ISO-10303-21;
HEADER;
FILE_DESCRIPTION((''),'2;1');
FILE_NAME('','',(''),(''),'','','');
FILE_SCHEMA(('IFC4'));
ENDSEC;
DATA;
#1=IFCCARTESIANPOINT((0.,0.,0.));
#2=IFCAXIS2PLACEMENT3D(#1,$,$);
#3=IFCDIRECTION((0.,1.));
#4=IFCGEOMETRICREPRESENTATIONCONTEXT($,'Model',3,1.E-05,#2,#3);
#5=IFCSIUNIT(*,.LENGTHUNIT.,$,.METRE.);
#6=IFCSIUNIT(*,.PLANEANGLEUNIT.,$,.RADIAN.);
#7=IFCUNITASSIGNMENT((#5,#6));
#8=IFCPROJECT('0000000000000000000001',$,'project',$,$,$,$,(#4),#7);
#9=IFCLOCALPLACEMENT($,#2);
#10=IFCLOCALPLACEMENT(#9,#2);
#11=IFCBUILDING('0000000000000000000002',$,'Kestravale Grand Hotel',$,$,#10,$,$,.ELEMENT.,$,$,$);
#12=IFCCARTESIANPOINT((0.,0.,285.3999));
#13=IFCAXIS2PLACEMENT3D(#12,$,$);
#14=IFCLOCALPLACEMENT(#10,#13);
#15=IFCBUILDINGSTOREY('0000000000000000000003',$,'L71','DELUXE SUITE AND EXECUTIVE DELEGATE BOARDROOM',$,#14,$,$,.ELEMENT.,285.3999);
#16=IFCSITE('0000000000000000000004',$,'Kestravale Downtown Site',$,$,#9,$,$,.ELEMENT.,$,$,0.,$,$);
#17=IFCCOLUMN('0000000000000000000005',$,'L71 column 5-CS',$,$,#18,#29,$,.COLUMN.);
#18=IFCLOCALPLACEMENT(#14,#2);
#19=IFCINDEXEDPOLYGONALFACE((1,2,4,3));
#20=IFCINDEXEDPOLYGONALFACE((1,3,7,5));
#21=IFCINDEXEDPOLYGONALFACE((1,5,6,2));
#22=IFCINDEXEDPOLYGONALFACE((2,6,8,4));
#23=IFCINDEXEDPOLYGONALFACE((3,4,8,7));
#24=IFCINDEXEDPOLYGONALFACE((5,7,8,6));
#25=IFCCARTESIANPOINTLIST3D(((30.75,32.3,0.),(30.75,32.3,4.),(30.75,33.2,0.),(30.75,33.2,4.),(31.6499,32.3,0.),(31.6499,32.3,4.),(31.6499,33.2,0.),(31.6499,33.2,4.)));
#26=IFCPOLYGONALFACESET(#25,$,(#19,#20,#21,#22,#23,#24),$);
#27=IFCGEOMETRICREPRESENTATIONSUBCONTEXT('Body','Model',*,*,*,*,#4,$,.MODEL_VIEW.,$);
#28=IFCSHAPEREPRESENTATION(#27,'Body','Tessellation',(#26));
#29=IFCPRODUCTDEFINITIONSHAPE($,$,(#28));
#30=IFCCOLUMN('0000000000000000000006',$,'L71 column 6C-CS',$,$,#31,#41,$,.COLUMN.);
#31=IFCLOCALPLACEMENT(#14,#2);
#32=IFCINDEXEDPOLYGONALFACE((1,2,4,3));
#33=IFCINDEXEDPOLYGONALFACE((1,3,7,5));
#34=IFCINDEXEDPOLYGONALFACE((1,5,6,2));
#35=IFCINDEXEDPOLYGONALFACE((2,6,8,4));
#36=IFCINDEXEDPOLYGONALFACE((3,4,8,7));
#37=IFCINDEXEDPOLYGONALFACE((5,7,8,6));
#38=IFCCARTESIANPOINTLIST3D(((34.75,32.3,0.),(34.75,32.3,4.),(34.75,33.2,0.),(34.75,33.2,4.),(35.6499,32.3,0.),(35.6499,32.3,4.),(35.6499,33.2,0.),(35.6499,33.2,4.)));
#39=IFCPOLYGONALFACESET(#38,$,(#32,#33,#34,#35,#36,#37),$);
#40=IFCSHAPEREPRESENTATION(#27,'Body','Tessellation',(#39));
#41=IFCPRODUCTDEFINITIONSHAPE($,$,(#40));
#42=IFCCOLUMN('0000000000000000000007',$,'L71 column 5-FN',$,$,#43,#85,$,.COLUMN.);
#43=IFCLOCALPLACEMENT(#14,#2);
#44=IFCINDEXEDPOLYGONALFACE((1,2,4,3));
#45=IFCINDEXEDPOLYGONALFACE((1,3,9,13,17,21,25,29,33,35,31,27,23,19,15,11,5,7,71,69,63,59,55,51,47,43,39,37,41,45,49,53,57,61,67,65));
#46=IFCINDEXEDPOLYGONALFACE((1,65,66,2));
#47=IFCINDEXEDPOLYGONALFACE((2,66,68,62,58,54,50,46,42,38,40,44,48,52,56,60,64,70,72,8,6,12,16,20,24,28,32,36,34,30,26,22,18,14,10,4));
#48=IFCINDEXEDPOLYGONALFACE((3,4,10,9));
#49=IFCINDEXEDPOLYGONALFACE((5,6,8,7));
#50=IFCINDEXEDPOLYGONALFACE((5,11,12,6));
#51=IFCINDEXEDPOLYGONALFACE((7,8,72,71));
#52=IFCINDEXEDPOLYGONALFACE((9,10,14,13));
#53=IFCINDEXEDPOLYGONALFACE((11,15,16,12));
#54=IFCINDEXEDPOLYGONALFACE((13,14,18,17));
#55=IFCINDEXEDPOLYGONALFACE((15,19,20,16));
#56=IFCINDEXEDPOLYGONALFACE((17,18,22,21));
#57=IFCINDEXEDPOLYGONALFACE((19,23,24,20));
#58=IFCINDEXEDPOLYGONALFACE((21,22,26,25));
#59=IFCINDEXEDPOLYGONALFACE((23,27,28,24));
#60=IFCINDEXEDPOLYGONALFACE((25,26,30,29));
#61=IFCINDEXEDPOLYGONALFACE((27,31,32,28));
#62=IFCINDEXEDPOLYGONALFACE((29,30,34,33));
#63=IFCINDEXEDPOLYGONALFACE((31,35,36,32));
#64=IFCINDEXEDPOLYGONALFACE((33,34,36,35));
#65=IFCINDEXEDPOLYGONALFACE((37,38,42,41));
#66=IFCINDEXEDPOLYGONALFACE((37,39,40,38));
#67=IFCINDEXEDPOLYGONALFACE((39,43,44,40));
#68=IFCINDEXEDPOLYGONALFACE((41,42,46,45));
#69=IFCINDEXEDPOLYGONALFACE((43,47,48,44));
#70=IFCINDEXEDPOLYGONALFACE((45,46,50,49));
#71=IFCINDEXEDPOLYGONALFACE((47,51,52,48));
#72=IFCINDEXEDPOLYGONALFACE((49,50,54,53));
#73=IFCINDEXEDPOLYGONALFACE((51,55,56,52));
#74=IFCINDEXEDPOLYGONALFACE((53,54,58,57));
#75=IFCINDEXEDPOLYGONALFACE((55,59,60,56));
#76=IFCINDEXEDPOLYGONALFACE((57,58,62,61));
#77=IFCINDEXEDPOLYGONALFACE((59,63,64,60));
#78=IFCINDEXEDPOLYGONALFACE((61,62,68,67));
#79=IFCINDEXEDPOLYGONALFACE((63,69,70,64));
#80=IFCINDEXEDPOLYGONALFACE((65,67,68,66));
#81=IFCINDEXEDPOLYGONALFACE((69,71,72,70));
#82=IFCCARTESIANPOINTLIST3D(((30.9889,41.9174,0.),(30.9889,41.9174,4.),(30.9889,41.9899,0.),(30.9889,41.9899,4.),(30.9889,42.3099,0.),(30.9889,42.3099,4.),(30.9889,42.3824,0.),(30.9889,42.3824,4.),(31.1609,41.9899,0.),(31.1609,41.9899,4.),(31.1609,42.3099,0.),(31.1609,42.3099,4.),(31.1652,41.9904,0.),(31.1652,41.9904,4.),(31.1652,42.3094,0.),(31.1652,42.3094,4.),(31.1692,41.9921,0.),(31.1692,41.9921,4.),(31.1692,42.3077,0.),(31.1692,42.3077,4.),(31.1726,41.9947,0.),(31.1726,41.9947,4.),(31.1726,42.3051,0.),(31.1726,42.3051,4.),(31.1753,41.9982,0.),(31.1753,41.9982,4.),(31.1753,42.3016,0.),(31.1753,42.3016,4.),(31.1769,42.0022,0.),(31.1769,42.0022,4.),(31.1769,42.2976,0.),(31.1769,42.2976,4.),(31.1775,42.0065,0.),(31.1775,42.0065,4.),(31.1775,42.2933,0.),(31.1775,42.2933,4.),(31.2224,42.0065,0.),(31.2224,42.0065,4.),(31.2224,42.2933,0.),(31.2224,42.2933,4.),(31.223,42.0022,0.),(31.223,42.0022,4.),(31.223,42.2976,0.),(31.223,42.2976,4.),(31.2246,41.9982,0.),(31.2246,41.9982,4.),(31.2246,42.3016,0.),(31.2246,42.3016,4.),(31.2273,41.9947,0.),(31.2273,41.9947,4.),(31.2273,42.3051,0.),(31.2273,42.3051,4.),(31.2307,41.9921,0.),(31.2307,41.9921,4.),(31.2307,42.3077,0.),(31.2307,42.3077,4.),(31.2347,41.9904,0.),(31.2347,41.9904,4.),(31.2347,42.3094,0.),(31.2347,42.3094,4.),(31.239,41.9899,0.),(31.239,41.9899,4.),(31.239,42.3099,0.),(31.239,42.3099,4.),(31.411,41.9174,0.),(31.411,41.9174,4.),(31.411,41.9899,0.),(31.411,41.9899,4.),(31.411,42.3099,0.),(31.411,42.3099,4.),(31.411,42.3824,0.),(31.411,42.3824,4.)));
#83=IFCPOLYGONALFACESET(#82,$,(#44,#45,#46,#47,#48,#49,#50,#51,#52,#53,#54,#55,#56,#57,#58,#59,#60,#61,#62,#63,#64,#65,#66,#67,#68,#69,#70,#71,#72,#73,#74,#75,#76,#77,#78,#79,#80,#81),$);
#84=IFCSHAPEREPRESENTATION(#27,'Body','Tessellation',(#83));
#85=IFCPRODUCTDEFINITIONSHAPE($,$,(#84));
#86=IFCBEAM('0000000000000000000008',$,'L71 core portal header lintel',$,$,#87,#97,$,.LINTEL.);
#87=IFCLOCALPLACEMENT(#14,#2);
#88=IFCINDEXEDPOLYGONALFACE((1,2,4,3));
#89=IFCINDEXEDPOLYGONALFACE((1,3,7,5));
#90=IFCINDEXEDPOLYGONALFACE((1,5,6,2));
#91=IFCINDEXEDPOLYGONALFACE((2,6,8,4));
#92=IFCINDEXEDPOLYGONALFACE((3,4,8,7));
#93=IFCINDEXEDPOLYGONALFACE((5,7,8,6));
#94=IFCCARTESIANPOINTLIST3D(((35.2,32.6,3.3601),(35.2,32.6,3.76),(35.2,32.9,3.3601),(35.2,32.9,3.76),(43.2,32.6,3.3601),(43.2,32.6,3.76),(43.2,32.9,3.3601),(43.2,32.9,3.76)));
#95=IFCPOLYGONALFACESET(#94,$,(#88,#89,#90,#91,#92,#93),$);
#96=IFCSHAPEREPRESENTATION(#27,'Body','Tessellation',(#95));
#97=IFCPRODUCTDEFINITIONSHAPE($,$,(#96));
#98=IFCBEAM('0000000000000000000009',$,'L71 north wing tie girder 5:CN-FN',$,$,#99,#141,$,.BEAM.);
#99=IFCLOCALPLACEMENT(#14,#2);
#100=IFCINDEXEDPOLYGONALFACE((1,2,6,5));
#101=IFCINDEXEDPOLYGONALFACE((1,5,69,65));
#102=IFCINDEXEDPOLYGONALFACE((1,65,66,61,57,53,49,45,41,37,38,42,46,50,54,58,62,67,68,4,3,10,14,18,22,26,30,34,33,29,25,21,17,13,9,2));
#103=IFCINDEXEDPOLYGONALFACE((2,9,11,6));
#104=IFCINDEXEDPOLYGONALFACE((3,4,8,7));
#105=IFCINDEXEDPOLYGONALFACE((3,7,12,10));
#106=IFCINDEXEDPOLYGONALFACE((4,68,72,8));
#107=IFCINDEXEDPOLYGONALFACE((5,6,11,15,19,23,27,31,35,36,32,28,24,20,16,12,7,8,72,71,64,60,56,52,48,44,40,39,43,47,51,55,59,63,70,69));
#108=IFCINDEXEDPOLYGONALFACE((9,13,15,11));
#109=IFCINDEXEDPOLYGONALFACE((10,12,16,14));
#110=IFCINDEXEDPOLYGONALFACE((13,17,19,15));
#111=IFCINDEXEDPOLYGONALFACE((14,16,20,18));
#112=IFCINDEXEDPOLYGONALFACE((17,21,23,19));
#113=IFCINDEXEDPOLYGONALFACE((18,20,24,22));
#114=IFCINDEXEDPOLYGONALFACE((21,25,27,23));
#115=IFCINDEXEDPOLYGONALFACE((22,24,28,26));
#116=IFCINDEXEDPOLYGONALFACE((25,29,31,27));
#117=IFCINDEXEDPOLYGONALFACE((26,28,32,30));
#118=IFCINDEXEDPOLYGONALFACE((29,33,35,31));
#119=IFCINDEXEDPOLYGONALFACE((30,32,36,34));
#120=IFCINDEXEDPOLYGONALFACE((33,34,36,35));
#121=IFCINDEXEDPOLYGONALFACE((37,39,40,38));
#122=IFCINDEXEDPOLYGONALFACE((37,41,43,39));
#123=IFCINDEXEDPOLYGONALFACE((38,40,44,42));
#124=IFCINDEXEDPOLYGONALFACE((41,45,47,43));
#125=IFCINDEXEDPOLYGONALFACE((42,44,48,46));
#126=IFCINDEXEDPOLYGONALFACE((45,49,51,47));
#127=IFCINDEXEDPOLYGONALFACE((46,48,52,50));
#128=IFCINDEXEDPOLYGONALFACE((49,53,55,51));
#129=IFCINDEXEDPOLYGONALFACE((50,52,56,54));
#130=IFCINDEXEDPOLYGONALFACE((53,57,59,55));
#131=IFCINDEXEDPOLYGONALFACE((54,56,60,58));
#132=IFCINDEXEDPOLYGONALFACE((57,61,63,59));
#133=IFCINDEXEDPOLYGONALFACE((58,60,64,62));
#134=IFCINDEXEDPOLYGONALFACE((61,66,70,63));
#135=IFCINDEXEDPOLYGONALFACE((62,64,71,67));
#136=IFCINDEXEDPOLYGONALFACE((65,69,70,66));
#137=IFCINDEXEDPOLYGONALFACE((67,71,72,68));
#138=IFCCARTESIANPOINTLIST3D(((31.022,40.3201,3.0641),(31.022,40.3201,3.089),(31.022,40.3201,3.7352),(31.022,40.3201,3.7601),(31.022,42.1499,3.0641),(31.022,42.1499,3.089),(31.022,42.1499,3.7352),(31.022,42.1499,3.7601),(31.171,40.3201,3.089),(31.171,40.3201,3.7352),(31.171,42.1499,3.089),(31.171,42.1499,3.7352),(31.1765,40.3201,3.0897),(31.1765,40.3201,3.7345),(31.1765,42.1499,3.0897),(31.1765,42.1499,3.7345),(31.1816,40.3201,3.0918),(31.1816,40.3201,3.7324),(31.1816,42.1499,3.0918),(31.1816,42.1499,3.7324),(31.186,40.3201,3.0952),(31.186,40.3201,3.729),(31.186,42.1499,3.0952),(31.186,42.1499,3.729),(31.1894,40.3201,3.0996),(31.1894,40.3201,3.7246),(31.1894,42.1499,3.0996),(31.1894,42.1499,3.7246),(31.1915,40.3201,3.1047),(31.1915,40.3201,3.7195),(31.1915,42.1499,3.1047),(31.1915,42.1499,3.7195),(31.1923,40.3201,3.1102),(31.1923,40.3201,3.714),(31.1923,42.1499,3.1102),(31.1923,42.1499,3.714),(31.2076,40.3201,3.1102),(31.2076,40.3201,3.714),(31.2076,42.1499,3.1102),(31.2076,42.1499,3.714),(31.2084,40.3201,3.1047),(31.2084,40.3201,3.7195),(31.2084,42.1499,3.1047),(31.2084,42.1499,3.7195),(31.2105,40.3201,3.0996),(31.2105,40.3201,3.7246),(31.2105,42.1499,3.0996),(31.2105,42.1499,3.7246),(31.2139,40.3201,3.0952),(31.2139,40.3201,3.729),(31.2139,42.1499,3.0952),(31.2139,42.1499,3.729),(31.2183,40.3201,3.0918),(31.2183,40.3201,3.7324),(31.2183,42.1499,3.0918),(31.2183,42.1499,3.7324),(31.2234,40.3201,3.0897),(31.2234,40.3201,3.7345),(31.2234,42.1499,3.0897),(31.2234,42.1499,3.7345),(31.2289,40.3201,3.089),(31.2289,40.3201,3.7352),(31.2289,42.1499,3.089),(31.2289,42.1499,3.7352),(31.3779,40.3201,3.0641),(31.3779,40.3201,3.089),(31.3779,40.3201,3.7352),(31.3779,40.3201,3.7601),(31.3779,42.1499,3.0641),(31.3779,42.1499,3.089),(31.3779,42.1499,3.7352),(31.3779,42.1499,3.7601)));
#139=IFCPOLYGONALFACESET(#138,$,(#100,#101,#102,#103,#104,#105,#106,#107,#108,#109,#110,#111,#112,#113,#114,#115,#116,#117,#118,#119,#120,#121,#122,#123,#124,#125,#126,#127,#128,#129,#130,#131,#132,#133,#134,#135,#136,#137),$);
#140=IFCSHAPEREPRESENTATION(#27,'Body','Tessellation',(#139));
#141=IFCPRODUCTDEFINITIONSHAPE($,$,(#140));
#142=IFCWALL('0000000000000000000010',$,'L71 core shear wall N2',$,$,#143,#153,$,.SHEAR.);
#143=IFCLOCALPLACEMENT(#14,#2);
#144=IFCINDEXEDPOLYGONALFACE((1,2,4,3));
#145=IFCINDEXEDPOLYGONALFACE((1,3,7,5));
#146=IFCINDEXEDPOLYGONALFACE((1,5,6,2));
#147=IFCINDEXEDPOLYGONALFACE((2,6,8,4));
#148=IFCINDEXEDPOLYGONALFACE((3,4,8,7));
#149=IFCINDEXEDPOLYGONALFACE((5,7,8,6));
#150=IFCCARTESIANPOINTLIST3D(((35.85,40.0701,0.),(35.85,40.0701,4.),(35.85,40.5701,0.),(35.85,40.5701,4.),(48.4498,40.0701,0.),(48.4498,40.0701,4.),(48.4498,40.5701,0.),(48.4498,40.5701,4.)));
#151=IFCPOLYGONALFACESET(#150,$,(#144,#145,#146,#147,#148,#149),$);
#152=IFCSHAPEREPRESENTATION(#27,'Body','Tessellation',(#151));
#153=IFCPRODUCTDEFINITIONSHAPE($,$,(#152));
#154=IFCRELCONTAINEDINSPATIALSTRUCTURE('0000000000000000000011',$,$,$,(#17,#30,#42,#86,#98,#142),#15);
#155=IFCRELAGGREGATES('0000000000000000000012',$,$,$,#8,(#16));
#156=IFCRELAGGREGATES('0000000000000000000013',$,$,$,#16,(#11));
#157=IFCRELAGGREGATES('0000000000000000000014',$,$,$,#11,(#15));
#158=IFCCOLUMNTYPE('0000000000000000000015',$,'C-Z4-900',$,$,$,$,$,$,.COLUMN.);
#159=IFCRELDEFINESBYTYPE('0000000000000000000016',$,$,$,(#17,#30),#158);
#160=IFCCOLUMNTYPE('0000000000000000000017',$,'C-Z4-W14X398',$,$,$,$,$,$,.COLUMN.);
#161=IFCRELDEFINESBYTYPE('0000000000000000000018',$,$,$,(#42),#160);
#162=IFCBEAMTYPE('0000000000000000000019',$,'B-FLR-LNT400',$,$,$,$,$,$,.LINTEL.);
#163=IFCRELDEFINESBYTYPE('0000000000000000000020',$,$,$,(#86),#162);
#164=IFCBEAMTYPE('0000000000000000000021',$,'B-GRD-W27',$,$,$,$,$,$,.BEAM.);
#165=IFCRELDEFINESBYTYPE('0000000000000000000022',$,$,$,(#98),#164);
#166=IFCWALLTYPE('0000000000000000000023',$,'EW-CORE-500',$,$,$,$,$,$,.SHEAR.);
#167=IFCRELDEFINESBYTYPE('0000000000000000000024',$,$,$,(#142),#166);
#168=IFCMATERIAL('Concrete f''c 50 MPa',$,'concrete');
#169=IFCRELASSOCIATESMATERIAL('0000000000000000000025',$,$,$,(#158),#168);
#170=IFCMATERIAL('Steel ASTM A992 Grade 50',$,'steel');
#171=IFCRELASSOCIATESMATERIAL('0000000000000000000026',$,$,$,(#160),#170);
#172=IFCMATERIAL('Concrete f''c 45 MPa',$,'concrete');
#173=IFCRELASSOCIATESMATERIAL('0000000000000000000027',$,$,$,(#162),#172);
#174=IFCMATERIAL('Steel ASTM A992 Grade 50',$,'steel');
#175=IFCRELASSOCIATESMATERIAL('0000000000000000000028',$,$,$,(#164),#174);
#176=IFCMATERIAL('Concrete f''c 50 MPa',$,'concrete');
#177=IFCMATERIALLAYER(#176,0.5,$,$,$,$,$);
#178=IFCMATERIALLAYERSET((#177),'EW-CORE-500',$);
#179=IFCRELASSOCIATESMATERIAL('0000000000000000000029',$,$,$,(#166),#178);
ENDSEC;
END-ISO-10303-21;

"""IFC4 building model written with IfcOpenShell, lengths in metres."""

from ifc_helpers import new_model, si_unit, direction, frame, frame_2d, origin, origin_2d, place, context, subcontext, project, spatial, rectangle, i_section, extrude, material, layer, layer_set, material_profile, profile_set, type_object, element, save


model = new_model("IFC4")

# Units and contexts
model_context = context("Model", 3, precision=1e-05, world=origin(), true_north=direction((0.0, 1.0)))
body_context = subcontext(model_context, "Body", "Model", "MODEL_VIEW")
ifc_project = project(units=[si_unit("LENGTHUNIT", "METRE"), si_unit("PLANEANGLEUNIT", "RADIAN")], contexts=[model_context])

# Site, building, storey
site_placement = place(None, origin())
site = spatial("IfcSite", under=ifc_project, at=site_placement, Name="Kestravale Downtown Site", CompositionType="ELEMENT", RefElevation=0.0)
building_placement = place(site_placement, origin())
building = spatial("IfcBuilding", under=site, at=building_placement, Name="Kestravale Grand Hotel", CompositionType="ELEMENT")
storey_placement = place(building_placement, frame((0.0, 0.0, 285.3999)))
storey = spatial("IfcBuildingStorey", under=building, at=storey_placement, Name="L71", Description="DELUXE SUITE AND EXECUTIVE DELEGATE BOARDROOM", CompositionType="ELEMENT", Elevation=285.3999)

# Columns
ifc_material_1 = material(Name="Concrete f'c 50 MPa", Category="concrete")
ifc_material_profile_1 = material_profile(ifc_material_1, rectangle(XDim=0.8999, YDim=0.8999, at=origin_2d()))
ifc_profile_set_1 = profile_set([ifc_material_profile_1], Name="Concrete f'c 50 MPa")
column_type_1 = type_object("IfcColumnType", Name="C-Z4-900", PredefinedType="COLUMN", material=ifc_profile_set_1)
for number, where, z_axis, x_axis, name in (
    (1, (31.2, 32.75, 0.0), (0.0, 0.0, 1.0), (1.0, 0.0, 0.0), "L71 column 5-CS"),
    (2, (35.2, 32.75, 0.0), (0.0, 0.0, 1.0), (1.0, 0.0, 0.0), "L71 column 6C-CS"),
):
    element("IfcColumn", number, at=place(storey_placement, frame(where, z_axis=z_axis, x_axis=x_axis)), inside=storey, type_object=column_type_1, Name=name, PredefinedType="COLUMN", context=body_context, shape_type="SweptSolid", body=[
        extrude(rectangle(XDim=0.8999, YDim=0.8999, at=origin_2d()), origin(), (0.0, 0.0, 1.0), 4.0),
    ])
ifc_material_2 = material(Name="Steel ASTM A992 Grade 50", Category="steel")
ifc_material_profile_2 = material_profile(ifc_material_2, i_section(OverallWidth=0.4221, OverallDepth=0.4651, WebThickness=0.0449, FlangeThickness=0.0725, FilletRadius=0.0166, at=origin_2d()))
ifc_profile_set_2 = profile_set([ifc_material_profile_2], Name="Steel ASTM A992 Grade 50")
column_type_2 = type_object("IfcColumnType", Name="C-Z4-W14X398", PredefinedType="COLUMN", material=ifc_profile_set_2)
column_placement = place(storey_placement, frame((31.2, 42.1499, 0.0), z_axis=(0.0, 0.0, 1.0), x_axis=(1.0, 0.0, 0.0)))
element("IfcColumn", 3, at=column_placement, inside=storey, type_object=column_type_2, Name="L71 column 5-FN", PredefinedType="COLUMN", context=body_context, shape_type="SweptSolid", body=[
    extrude(i_section(OverallWidth=0.4221, OverallDepth=0.4651, WebThickness=0.0449, FlangeThickness=0.0725, FilletRadius=0.0166, at=origin_2d()), origin(), (0.0, 0.0, 1.0), 4.0),
])

# Beams
ifc_material_3 = material(Name="Concrete f'c 45 MPa", Category="concrete")
ifc_material_profile_3 = material_profile(ifc_material_3, rectangle(XDim=0.3, YDim=0.3999, at=origin_2d()))
ifc_profile_set_3 = profile_set([ifc_material_profile_3], Name="Concrete f'c 45 MPa")
beam_type_1 = type_object("IfcBeamType", Name="B-FLR-LNT400", PredefinedType="LINTEL", material=ifc_profile_set_3)
beam_1_placement = place(storey_placement, frame((35.2, 32.75, 3.5601), z_axis=(1.0, 0.0, 0.0), x_axis=(0.0, 1.0, 0.0)))
element("IfcBeam", 4, at=beam_1_placement, inside=storey, type_object=beam_type_1, Name="L71 core portal header lintel", PredefinedType="LINTEL", context=body_context, shape_type="SweptSolid", body=[
    extrude(rectangle(XDim=0.3, YDim=0.3999, at=origin_2d()), origin(), (0.0, 0.0, 1.0), 8.0),
])
ifc_material_4 = material(Name="Steel ASTM A992 Grade 50", Category="steel")
ifc_material_profile_4 = material_profile(ifc_material_4, i_section(OverallWidth=0.356, OverallDepth=0.696, WebThickness=0.0154, FlangeThickness=0.0249, FilletRadius=0.0212, at=origin_2d()))
ifc_profile_set_4 = profile_set([ifc_material_profile_4], Name="Steel ASTM A992 Grade 50")
beam_type_2 = type_object("IfcBeamType", Name="B-GRD-W27", PredefinedType="BEAM", material=ifc_profile_set_4)
beam_2_placement = place(storey_placement, frame((31.2, 40.3201, 3.4121), z_axis=(0.0, 1.0, 0.0), x_axis=(-1.0, 0.0, 0.0)))
element("IfcBeam", 5, at=beam_2_placement, inside=storey, type_object=beam_type_2, Name="L71 north wing tie girder 5:CN-FN", PredefinedType="BEAM", context=body_context, shape_type="SweptSolid", body=[
    extrude(i_section(OverallWidth=0.356, OverallDepth=0.696, WebThickness=0.0154, FlangeThickness=0.0249, FilletRadius=0.0212, at=origin_2d()), origin(), (0.0, 0.0, 1.0), 1.8298),
])

# Wall
ifc_material_5 = material(Name="Concrete f'c 50 MPa", Category="concrete")
ifc_layer_1 = layer(ifc_material_5, 0.5)
ifc_layer_set_1 = layer_set([ifc_layer_1], Name="EW-CORE-500")
wall_type_1 = type_object("IfcWallType", Name="EW-CORE-500", PredefinedType="SHEAR", material=ifc_layer_set_1)
wall_1_placement = place(storey_placement, frame((35.8501, 40.3201, 0.0), z_axis=(0.0, 0.0, 1.0), x_axis=(1.0, 0.0, 0.0)))
element("IfcWall", 6, at=wall_1_placement, inside=storey, type_object=wall_type_1, Name="L71 core shear wall N2", PredefinedType="SHEAR", context=body_context, shape_type="SweptSolid", body=[
    extrude(rectangle(XDim=12.5999, YDim=0.5, at=frame_2d((6.2998, 0.0))), origin(), (0.0, 0.0, 1.0), 4.0),
])

save(model, "model.ifc")
